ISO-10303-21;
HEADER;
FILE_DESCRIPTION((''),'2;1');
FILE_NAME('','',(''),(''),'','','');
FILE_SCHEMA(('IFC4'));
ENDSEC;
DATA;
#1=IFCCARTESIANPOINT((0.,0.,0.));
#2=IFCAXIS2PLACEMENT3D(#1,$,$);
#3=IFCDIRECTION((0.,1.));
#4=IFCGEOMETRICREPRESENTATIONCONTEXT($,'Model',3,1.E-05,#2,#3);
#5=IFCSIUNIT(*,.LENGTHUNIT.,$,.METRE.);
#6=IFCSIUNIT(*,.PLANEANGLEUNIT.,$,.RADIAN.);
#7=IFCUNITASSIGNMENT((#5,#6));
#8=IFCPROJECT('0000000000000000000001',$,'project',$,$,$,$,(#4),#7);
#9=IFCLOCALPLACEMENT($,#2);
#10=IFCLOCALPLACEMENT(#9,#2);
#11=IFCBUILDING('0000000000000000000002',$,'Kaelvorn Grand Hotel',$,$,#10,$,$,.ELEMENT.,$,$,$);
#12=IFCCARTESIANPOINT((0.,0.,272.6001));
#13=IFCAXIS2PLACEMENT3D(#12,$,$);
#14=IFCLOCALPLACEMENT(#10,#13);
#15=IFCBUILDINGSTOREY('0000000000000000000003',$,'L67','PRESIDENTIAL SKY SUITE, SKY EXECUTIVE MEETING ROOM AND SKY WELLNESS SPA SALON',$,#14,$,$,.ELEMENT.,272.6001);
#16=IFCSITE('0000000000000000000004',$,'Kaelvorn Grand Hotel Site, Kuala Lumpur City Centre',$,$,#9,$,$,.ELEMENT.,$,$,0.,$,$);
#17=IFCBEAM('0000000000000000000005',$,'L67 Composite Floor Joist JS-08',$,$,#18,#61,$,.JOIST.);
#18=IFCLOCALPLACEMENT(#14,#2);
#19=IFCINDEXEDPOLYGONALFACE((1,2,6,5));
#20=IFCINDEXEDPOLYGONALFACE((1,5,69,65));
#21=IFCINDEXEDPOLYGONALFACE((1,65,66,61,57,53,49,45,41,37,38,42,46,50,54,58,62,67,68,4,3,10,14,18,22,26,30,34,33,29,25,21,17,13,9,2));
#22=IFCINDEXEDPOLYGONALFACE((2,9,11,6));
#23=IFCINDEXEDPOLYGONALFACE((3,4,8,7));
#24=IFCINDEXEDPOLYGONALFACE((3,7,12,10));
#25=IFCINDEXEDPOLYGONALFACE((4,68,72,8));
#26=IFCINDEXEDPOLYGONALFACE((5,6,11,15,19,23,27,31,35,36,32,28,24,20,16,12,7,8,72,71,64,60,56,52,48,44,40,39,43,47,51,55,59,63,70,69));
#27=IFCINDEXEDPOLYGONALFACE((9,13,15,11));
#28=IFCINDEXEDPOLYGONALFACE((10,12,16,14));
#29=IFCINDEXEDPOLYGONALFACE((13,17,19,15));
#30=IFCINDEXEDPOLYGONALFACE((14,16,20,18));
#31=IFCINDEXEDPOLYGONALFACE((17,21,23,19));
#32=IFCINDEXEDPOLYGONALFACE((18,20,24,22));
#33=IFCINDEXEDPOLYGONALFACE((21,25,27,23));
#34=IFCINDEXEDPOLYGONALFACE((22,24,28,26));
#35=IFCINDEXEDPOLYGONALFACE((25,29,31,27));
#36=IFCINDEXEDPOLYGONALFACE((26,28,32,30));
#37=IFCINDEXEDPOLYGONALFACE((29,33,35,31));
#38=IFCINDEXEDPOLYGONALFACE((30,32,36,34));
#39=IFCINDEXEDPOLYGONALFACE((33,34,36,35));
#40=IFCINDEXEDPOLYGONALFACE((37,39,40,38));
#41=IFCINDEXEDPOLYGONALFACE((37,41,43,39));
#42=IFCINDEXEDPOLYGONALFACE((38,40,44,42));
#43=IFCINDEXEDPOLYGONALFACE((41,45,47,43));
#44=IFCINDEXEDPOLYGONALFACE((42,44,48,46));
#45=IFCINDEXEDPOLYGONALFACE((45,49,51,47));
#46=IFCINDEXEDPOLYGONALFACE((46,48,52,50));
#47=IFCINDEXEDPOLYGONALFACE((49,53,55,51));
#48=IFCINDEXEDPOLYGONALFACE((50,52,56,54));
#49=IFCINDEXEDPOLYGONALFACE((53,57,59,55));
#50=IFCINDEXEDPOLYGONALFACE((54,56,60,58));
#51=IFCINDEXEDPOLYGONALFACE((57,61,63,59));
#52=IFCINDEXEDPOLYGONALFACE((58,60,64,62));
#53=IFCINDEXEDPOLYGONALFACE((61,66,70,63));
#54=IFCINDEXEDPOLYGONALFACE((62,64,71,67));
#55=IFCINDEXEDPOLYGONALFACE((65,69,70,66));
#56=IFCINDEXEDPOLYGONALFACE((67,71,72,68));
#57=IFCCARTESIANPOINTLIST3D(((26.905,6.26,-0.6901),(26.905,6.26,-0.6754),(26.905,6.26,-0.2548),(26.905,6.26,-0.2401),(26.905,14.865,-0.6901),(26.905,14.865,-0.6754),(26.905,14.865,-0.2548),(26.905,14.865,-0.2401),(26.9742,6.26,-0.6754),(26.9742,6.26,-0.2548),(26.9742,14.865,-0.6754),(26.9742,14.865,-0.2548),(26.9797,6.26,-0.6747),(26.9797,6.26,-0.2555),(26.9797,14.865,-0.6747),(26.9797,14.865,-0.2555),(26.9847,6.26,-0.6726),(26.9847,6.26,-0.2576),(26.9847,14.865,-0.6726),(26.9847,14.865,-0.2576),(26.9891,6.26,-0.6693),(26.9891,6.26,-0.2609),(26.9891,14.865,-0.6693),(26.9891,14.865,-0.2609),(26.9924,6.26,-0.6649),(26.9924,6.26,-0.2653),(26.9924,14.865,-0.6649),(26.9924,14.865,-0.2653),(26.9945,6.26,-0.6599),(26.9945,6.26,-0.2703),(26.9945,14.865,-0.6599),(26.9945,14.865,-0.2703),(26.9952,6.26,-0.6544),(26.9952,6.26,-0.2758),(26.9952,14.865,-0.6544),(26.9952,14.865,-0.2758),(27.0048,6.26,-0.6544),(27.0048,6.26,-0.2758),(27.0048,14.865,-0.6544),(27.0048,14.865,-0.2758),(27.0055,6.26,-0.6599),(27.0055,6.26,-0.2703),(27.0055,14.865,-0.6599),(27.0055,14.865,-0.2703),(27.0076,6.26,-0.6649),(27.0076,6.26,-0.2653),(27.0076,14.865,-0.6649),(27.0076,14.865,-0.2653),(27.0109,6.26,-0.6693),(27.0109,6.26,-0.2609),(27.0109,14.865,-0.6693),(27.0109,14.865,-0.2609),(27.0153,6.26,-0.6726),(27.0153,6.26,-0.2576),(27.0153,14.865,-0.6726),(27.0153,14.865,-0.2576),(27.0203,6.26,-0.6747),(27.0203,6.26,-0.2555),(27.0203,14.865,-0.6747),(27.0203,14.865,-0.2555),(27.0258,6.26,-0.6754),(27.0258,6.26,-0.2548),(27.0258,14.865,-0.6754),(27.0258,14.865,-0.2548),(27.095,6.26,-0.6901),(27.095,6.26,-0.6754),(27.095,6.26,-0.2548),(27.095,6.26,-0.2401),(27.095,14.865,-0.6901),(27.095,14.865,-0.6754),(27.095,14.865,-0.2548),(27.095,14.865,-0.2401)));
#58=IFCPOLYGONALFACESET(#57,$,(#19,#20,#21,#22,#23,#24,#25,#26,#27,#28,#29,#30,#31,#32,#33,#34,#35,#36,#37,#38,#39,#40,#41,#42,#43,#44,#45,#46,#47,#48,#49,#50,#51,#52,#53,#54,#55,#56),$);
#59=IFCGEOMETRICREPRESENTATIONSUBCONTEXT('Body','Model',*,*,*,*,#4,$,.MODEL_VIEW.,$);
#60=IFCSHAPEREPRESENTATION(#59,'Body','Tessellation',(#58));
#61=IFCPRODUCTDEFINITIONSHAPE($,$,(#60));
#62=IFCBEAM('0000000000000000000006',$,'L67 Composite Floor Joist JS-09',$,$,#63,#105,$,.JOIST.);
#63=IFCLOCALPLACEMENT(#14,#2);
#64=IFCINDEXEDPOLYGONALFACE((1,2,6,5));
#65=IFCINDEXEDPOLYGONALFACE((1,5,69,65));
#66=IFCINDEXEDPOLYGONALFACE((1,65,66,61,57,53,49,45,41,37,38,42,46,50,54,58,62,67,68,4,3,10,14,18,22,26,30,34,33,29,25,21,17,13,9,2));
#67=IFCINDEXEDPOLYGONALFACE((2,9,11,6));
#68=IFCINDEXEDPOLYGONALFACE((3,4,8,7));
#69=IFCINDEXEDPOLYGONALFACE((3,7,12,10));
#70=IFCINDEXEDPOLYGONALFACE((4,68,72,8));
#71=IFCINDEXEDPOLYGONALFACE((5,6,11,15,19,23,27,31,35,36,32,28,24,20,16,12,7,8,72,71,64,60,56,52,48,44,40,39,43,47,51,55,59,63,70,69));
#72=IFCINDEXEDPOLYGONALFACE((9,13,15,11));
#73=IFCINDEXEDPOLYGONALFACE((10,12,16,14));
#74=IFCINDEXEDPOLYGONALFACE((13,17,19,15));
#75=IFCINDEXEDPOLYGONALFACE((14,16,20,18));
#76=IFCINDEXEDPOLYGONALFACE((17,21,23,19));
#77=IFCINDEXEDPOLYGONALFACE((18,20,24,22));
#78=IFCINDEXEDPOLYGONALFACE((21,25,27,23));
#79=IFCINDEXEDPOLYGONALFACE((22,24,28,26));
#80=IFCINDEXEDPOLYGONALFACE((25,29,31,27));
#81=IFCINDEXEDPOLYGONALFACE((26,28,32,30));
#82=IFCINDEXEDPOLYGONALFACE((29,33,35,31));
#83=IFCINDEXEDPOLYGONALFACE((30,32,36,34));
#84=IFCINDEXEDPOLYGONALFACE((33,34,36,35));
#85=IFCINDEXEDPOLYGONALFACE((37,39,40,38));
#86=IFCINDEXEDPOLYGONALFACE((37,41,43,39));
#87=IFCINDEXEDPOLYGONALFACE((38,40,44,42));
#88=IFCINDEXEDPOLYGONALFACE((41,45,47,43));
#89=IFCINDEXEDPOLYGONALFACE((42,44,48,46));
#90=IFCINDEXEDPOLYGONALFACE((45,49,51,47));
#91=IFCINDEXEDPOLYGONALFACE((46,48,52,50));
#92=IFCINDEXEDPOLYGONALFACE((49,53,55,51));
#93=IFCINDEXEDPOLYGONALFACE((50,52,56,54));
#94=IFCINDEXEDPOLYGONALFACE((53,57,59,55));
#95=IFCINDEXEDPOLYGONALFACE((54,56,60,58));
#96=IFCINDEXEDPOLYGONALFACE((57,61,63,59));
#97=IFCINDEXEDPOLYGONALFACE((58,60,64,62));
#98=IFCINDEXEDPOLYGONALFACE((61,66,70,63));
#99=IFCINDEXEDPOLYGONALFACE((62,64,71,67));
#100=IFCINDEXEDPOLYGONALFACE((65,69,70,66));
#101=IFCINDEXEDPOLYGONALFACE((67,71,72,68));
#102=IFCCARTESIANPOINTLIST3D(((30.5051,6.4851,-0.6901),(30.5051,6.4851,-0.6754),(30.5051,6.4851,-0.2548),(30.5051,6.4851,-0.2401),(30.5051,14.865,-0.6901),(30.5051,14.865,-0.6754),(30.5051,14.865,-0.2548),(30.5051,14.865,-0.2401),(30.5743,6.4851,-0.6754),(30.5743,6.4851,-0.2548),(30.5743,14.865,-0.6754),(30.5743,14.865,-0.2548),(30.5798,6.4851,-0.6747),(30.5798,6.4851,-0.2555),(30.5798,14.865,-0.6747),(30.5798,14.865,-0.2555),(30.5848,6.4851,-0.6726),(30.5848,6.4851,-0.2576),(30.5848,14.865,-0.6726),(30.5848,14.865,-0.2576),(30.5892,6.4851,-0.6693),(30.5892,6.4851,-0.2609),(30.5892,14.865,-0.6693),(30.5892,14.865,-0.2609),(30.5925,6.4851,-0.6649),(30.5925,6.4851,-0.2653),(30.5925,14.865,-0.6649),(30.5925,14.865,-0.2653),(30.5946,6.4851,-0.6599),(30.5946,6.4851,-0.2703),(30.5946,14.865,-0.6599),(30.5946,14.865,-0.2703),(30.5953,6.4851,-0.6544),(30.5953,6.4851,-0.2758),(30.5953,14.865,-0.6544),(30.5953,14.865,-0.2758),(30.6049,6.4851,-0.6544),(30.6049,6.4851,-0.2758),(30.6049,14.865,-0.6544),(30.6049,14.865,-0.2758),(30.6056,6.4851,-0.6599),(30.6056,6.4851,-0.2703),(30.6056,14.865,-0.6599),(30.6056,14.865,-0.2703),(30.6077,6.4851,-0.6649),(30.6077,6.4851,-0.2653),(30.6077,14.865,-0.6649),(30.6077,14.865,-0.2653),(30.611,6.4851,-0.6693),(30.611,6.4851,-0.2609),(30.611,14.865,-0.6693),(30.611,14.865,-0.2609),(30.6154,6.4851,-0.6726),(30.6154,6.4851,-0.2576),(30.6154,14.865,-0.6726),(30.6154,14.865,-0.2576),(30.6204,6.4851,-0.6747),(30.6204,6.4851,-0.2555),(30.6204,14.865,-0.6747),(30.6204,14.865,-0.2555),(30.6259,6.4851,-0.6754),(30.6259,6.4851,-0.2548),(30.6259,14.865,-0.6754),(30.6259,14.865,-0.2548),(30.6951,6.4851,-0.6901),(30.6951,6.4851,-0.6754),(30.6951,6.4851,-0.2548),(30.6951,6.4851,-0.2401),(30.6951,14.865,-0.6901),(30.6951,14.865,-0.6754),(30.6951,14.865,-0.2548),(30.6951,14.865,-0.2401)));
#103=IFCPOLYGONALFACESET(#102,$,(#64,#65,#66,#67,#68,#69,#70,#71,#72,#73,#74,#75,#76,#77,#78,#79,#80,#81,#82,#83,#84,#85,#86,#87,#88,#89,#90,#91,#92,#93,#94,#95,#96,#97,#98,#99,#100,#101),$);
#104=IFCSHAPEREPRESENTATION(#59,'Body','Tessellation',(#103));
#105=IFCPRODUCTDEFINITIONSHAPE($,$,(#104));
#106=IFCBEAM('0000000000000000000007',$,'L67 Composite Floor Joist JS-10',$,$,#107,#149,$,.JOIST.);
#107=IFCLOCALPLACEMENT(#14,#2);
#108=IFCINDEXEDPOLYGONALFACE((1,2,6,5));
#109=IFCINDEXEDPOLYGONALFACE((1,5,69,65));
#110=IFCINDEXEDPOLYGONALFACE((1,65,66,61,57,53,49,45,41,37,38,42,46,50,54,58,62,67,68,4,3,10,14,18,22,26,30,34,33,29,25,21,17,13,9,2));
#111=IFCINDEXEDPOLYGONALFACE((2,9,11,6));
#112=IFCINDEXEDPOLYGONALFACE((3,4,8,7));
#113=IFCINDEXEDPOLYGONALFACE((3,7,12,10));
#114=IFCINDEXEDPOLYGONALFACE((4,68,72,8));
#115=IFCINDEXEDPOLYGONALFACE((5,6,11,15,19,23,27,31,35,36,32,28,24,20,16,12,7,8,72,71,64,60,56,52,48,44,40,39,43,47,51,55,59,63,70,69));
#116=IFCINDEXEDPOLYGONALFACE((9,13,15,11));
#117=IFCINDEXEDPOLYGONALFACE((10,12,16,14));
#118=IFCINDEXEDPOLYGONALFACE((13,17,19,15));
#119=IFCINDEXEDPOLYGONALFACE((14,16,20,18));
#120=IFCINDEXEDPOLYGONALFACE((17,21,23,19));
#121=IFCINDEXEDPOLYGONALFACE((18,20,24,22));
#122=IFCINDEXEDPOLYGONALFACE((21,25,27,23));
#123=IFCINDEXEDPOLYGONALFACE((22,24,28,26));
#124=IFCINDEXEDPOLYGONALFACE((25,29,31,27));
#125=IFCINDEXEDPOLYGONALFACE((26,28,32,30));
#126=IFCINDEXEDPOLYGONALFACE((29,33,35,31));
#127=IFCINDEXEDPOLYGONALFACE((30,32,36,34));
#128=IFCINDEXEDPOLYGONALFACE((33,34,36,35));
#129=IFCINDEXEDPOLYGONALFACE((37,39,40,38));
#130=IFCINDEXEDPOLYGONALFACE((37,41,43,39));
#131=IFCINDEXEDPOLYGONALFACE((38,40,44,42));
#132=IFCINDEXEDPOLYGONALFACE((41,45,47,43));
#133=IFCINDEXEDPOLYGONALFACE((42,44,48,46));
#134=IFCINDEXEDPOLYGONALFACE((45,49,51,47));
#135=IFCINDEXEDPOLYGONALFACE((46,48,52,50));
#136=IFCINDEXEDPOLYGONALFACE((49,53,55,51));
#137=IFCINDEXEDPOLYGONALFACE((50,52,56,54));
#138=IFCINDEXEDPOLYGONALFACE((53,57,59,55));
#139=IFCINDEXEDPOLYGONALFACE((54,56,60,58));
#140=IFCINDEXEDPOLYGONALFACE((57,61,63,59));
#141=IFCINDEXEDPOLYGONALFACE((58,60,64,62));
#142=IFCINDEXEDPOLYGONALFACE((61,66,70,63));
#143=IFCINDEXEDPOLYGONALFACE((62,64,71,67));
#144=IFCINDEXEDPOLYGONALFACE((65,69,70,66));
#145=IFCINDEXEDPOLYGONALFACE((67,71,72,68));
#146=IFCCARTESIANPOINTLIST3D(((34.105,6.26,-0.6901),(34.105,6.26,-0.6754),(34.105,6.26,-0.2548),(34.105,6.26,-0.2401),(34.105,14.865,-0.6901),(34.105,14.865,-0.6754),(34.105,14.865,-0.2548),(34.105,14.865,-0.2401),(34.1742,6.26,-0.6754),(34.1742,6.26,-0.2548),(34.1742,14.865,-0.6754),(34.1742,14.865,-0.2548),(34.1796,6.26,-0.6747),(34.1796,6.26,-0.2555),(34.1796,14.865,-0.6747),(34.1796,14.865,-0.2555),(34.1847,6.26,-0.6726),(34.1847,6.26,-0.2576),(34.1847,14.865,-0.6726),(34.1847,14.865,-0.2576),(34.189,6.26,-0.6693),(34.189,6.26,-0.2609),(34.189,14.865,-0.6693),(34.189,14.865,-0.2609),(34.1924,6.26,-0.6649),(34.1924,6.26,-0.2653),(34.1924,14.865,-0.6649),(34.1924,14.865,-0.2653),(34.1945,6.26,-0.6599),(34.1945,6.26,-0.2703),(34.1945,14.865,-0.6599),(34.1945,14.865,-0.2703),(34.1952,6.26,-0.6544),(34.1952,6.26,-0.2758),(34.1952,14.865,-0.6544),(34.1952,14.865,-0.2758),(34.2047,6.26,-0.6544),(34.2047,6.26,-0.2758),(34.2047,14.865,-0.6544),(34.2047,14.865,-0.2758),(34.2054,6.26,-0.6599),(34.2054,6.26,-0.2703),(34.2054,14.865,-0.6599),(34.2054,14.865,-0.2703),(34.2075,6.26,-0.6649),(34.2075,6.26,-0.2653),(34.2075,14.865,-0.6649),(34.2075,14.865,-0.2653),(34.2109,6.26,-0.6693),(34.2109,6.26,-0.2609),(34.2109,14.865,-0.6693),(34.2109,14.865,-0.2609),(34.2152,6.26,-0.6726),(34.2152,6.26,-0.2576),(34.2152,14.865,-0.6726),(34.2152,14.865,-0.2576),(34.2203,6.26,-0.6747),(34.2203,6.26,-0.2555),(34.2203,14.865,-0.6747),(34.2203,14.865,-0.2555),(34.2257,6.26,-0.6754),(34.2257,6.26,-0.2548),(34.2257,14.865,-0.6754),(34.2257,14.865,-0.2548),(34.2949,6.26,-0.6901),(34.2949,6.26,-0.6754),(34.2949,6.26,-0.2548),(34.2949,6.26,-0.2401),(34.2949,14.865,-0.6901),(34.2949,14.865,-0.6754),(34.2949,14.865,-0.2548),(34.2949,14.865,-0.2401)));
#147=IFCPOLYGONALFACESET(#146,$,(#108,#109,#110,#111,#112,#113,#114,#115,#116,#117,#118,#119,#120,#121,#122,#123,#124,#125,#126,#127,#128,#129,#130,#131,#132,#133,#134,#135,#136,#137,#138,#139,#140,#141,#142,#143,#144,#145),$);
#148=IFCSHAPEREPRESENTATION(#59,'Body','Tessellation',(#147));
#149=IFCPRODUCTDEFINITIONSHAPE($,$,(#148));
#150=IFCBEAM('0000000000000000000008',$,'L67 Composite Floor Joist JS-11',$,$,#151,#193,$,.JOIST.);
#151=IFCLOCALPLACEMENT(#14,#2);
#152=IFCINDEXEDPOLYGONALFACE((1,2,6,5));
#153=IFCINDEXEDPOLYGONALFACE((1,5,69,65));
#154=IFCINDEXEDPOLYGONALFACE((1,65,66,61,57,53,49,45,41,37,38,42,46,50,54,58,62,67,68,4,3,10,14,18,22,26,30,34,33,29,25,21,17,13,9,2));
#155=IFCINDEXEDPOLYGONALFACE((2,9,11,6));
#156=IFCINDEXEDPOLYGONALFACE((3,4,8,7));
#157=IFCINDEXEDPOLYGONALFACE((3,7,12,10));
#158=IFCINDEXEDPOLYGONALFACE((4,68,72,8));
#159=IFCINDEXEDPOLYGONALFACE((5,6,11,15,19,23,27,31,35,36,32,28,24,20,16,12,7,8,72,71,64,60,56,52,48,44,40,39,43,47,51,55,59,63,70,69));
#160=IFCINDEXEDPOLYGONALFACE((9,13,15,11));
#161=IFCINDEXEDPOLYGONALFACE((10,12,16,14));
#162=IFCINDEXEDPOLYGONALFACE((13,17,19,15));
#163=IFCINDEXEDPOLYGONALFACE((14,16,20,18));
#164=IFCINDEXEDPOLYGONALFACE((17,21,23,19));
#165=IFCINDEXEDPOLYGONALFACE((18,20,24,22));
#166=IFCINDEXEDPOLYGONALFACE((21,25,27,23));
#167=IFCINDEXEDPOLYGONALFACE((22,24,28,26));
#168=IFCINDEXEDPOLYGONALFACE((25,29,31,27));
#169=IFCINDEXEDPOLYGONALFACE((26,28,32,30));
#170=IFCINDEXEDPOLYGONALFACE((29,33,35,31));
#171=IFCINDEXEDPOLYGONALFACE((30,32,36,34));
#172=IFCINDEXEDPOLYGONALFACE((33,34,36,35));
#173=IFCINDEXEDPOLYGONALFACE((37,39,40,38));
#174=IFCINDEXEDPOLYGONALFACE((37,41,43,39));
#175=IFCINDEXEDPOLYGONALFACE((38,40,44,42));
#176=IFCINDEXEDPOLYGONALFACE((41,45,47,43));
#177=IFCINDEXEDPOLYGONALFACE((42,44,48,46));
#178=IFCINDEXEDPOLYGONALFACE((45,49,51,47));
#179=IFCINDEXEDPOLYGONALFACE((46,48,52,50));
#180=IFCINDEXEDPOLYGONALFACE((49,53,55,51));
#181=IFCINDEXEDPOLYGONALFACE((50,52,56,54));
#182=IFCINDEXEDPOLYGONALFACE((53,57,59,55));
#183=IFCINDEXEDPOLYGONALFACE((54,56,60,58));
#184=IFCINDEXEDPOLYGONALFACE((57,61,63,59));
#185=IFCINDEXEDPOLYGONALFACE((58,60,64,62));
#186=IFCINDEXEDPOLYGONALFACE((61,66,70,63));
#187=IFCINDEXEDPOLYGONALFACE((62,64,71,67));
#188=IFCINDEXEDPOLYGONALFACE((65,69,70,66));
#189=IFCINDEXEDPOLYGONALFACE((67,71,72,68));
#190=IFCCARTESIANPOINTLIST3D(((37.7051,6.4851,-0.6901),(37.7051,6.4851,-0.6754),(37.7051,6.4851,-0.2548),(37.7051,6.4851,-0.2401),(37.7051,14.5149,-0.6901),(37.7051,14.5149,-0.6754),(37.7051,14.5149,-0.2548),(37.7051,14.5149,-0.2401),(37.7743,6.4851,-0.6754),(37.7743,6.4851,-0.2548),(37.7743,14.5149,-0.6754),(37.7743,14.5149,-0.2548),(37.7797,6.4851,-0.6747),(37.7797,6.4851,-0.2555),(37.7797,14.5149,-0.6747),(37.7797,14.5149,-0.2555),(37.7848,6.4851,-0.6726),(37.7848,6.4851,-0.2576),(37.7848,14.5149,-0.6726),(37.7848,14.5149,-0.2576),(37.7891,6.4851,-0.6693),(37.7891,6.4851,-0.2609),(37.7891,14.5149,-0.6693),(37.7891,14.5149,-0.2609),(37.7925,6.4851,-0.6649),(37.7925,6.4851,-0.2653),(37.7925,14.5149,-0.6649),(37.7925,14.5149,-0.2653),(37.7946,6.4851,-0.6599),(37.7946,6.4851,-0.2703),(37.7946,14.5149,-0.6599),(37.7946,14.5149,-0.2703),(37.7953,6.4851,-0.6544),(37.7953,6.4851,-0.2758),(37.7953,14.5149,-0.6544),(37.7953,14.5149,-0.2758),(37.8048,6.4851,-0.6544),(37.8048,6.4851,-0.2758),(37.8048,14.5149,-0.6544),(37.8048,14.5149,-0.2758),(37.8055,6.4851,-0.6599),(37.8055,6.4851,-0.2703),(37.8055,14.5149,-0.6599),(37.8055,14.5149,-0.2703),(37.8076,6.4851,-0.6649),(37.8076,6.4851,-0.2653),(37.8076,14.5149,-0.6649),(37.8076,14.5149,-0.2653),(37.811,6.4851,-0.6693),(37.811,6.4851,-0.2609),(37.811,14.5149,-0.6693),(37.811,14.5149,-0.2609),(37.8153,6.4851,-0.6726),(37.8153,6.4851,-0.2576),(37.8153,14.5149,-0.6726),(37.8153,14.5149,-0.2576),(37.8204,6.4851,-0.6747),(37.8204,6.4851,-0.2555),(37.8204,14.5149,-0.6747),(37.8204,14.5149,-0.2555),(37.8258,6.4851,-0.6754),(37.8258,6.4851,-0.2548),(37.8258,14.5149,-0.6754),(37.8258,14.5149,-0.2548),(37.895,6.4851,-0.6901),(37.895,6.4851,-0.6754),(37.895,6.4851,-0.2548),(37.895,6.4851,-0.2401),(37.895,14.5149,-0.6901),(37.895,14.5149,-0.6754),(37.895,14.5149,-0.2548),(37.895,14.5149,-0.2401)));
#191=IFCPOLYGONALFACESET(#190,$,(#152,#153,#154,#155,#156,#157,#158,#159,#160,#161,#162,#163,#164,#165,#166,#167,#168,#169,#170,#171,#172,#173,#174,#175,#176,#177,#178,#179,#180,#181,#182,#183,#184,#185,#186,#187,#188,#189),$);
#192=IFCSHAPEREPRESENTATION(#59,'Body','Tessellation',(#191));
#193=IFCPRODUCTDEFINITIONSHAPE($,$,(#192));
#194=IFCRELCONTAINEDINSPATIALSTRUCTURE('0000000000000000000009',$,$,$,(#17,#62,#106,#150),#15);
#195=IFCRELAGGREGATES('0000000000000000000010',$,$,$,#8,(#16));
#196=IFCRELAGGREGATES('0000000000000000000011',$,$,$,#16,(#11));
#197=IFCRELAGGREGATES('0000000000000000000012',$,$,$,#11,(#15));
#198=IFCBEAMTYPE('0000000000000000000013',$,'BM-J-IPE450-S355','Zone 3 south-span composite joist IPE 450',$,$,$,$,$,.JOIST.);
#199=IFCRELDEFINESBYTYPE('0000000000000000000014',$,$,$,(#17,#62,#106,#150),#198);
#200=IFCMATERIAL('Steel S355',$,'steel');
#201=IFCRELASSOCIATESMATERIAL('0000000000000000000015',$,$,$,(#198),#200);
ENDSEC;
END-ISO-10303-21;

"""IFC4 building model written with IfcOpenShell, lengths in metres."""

from ifc_helpers import new_model, si_unit, direction, frame, origin, origin_2d, place, context, subcontext, project, spatial, i_section, extrude, material, material_profile, profile_set, type_object, element, save


model = new_model("IFC4")

# Units and contexts
model_context = context("Model", 3, precision=1e-05, world=origin(), true_north=direction((0.0, 1.0)))
body_context = subcontext(model_context, "Body", "Model", "MODEL_VIEW")
ifc_project = project(units=[si_unit("LENGTHUNIT", "METRE"), si_unit("PLANEANGLEUNIT", "RADIAN")], contexts=[model_context])

# Site, building, storey
site_placement = place(None, origin())
site = spatial("IfcSite", under=ifc_project, at=site_placement, Name="Kaelvorn Grand Hotel Site, Kuala Lumpur City Centre", CompositionType="ELEMENT", RefElevation=0.0)
building_placement = place(site_placement, origin())
building = spatial("IfcBuilding", under=site, at=building_placement, Name="Kaelvorn Grand Hotel", CompositionType="ELEMENT")
storey_placement = place(building_placement, frame((0.0, 0.0, 272.6001)))
storey = spatial("IfcBuildingStorey", under=building, at=storey_placement, Name="L67", Description="PRESIDENTIAL SKY SUITE, SKY EXECUTIVE MEETING ROOM AND SKY WELLNESS SPA SALON", CompositionType="ELEMENT", Elevation=272.6001)

# Beams
ifc_material_1 = material(Name="Steel S355", Category="steel")
ifc_material_profile_1 = material_profile(ifc_material_1, i_section(OverallWidth=0.1899, OverallDepth=0.45, WebThickness=0.0095, FlangeThickness=0.0146, FilletRadius=0.021, at=origin_2d()), Name="IPE 450")
ifc_profile_set_1 = profile_set([ifc_material_profile_1], Name="Steel S355")
beam_type_1 = type_object("IfcBeamType", Name="BM-J-IPE450-S355", Description="Zone 3 south-span composite joist IPE 450", PredefinedType="JOIST", material=ifc_profile_set_1)
beam_1_placement = place(storey_placement, frame((27.0, 6.26, -0.4651), z_axis=(0.0, 1.0, 0.0), x_axis=(-1.0, 0.0, 0.0)))
element("IfcBeam", 1, at=beam_1_placement, inside=storey, type_object=beam_type_1, Name="L67 Composite Floor Joist JS-08", PredefinedType="JOIST", context=body_context, shape_type="SweptSolid", body=[
    extrude(i_section(OverallWidth=0.1899, OverallDepth=0.45, WebThickness=0.0095, FlangeThickness=0.0146, FilletRadius=0.021, at=origin_2d()), origin(), (0.0, 0.0, 1.0), 8.605),
])
beam_2_placement = place(storey_placement, frame((30.6001, 6.4851, -0.4651), z_axis=(0.0, 1.0, 0.0), x_axis=(-1.0, 0.0, 0.0)))
element("IfcBeam", 2, at=beam_2_placement, inside=storey, type_object=beam_type_1, Name="L67 Composite Floor Joist JS-09", PredefinedType="JOIST", context=body_context, shape_type="SweptSolid", body=[
    extrude(i_section(OverallWidth=0.1899, OverallDepth=0.45, WebThickness=0.0095, FlangeThickness=0.0146, FilletRadius=0.021, at=origin_2d()), origin(), (0.0, 0.0, 1.0), 8.3799),
])
beam_3_placement = place(storey_placement, frame((34.2, 6.26, -0.4651), z_axis=(0.0, 1.0, 0.0), x_axis=(-1.0, 0.0, 0.0)))
element("IfcBeam", 3, at=beam_3_placement, inside=storey, type_object=beam_type_1, Name="L67 Composite Floor Joist JS-10", PredefinedType="JOIST", context=body_context, shape_type="SweptSolid", body=[
    extrude(i_section(OverallWidth=0.1899, OverallDepth=0.45, WebThickness=0.0095, FlangeThickness=0.0146, FilletRadius=0.021, at=origin_2d()), origin(), (0.0, 0.0, 1.0), 8.605),
])
beam_4_placement = place(storey_placement, frame((37.8, 6.4851, -0.4651), z_axis=(0.0, 1.0, 0.0), x_axis=(-1.0, 0.0, 0.0)))
element("IfcBeam", 4, at=beam_4_placement, inside=storey, type_object=beam_type_1, Name="L67 Composite Floor Joist JS-11", PredefinedType="JOIST", context=body_context, shape_type="SweptSolid", body=[
    extrude(i_section(OverallWidth=0.1899, OverallDepth=0.45, WebThickness=0.0095, FlangeThickness=0.0146, FilletRadius=0.021, at=origin_2d()), origin(), (0.0, 0.0, 1.0), 8.0298),
])

save(model, "model.ifc")
